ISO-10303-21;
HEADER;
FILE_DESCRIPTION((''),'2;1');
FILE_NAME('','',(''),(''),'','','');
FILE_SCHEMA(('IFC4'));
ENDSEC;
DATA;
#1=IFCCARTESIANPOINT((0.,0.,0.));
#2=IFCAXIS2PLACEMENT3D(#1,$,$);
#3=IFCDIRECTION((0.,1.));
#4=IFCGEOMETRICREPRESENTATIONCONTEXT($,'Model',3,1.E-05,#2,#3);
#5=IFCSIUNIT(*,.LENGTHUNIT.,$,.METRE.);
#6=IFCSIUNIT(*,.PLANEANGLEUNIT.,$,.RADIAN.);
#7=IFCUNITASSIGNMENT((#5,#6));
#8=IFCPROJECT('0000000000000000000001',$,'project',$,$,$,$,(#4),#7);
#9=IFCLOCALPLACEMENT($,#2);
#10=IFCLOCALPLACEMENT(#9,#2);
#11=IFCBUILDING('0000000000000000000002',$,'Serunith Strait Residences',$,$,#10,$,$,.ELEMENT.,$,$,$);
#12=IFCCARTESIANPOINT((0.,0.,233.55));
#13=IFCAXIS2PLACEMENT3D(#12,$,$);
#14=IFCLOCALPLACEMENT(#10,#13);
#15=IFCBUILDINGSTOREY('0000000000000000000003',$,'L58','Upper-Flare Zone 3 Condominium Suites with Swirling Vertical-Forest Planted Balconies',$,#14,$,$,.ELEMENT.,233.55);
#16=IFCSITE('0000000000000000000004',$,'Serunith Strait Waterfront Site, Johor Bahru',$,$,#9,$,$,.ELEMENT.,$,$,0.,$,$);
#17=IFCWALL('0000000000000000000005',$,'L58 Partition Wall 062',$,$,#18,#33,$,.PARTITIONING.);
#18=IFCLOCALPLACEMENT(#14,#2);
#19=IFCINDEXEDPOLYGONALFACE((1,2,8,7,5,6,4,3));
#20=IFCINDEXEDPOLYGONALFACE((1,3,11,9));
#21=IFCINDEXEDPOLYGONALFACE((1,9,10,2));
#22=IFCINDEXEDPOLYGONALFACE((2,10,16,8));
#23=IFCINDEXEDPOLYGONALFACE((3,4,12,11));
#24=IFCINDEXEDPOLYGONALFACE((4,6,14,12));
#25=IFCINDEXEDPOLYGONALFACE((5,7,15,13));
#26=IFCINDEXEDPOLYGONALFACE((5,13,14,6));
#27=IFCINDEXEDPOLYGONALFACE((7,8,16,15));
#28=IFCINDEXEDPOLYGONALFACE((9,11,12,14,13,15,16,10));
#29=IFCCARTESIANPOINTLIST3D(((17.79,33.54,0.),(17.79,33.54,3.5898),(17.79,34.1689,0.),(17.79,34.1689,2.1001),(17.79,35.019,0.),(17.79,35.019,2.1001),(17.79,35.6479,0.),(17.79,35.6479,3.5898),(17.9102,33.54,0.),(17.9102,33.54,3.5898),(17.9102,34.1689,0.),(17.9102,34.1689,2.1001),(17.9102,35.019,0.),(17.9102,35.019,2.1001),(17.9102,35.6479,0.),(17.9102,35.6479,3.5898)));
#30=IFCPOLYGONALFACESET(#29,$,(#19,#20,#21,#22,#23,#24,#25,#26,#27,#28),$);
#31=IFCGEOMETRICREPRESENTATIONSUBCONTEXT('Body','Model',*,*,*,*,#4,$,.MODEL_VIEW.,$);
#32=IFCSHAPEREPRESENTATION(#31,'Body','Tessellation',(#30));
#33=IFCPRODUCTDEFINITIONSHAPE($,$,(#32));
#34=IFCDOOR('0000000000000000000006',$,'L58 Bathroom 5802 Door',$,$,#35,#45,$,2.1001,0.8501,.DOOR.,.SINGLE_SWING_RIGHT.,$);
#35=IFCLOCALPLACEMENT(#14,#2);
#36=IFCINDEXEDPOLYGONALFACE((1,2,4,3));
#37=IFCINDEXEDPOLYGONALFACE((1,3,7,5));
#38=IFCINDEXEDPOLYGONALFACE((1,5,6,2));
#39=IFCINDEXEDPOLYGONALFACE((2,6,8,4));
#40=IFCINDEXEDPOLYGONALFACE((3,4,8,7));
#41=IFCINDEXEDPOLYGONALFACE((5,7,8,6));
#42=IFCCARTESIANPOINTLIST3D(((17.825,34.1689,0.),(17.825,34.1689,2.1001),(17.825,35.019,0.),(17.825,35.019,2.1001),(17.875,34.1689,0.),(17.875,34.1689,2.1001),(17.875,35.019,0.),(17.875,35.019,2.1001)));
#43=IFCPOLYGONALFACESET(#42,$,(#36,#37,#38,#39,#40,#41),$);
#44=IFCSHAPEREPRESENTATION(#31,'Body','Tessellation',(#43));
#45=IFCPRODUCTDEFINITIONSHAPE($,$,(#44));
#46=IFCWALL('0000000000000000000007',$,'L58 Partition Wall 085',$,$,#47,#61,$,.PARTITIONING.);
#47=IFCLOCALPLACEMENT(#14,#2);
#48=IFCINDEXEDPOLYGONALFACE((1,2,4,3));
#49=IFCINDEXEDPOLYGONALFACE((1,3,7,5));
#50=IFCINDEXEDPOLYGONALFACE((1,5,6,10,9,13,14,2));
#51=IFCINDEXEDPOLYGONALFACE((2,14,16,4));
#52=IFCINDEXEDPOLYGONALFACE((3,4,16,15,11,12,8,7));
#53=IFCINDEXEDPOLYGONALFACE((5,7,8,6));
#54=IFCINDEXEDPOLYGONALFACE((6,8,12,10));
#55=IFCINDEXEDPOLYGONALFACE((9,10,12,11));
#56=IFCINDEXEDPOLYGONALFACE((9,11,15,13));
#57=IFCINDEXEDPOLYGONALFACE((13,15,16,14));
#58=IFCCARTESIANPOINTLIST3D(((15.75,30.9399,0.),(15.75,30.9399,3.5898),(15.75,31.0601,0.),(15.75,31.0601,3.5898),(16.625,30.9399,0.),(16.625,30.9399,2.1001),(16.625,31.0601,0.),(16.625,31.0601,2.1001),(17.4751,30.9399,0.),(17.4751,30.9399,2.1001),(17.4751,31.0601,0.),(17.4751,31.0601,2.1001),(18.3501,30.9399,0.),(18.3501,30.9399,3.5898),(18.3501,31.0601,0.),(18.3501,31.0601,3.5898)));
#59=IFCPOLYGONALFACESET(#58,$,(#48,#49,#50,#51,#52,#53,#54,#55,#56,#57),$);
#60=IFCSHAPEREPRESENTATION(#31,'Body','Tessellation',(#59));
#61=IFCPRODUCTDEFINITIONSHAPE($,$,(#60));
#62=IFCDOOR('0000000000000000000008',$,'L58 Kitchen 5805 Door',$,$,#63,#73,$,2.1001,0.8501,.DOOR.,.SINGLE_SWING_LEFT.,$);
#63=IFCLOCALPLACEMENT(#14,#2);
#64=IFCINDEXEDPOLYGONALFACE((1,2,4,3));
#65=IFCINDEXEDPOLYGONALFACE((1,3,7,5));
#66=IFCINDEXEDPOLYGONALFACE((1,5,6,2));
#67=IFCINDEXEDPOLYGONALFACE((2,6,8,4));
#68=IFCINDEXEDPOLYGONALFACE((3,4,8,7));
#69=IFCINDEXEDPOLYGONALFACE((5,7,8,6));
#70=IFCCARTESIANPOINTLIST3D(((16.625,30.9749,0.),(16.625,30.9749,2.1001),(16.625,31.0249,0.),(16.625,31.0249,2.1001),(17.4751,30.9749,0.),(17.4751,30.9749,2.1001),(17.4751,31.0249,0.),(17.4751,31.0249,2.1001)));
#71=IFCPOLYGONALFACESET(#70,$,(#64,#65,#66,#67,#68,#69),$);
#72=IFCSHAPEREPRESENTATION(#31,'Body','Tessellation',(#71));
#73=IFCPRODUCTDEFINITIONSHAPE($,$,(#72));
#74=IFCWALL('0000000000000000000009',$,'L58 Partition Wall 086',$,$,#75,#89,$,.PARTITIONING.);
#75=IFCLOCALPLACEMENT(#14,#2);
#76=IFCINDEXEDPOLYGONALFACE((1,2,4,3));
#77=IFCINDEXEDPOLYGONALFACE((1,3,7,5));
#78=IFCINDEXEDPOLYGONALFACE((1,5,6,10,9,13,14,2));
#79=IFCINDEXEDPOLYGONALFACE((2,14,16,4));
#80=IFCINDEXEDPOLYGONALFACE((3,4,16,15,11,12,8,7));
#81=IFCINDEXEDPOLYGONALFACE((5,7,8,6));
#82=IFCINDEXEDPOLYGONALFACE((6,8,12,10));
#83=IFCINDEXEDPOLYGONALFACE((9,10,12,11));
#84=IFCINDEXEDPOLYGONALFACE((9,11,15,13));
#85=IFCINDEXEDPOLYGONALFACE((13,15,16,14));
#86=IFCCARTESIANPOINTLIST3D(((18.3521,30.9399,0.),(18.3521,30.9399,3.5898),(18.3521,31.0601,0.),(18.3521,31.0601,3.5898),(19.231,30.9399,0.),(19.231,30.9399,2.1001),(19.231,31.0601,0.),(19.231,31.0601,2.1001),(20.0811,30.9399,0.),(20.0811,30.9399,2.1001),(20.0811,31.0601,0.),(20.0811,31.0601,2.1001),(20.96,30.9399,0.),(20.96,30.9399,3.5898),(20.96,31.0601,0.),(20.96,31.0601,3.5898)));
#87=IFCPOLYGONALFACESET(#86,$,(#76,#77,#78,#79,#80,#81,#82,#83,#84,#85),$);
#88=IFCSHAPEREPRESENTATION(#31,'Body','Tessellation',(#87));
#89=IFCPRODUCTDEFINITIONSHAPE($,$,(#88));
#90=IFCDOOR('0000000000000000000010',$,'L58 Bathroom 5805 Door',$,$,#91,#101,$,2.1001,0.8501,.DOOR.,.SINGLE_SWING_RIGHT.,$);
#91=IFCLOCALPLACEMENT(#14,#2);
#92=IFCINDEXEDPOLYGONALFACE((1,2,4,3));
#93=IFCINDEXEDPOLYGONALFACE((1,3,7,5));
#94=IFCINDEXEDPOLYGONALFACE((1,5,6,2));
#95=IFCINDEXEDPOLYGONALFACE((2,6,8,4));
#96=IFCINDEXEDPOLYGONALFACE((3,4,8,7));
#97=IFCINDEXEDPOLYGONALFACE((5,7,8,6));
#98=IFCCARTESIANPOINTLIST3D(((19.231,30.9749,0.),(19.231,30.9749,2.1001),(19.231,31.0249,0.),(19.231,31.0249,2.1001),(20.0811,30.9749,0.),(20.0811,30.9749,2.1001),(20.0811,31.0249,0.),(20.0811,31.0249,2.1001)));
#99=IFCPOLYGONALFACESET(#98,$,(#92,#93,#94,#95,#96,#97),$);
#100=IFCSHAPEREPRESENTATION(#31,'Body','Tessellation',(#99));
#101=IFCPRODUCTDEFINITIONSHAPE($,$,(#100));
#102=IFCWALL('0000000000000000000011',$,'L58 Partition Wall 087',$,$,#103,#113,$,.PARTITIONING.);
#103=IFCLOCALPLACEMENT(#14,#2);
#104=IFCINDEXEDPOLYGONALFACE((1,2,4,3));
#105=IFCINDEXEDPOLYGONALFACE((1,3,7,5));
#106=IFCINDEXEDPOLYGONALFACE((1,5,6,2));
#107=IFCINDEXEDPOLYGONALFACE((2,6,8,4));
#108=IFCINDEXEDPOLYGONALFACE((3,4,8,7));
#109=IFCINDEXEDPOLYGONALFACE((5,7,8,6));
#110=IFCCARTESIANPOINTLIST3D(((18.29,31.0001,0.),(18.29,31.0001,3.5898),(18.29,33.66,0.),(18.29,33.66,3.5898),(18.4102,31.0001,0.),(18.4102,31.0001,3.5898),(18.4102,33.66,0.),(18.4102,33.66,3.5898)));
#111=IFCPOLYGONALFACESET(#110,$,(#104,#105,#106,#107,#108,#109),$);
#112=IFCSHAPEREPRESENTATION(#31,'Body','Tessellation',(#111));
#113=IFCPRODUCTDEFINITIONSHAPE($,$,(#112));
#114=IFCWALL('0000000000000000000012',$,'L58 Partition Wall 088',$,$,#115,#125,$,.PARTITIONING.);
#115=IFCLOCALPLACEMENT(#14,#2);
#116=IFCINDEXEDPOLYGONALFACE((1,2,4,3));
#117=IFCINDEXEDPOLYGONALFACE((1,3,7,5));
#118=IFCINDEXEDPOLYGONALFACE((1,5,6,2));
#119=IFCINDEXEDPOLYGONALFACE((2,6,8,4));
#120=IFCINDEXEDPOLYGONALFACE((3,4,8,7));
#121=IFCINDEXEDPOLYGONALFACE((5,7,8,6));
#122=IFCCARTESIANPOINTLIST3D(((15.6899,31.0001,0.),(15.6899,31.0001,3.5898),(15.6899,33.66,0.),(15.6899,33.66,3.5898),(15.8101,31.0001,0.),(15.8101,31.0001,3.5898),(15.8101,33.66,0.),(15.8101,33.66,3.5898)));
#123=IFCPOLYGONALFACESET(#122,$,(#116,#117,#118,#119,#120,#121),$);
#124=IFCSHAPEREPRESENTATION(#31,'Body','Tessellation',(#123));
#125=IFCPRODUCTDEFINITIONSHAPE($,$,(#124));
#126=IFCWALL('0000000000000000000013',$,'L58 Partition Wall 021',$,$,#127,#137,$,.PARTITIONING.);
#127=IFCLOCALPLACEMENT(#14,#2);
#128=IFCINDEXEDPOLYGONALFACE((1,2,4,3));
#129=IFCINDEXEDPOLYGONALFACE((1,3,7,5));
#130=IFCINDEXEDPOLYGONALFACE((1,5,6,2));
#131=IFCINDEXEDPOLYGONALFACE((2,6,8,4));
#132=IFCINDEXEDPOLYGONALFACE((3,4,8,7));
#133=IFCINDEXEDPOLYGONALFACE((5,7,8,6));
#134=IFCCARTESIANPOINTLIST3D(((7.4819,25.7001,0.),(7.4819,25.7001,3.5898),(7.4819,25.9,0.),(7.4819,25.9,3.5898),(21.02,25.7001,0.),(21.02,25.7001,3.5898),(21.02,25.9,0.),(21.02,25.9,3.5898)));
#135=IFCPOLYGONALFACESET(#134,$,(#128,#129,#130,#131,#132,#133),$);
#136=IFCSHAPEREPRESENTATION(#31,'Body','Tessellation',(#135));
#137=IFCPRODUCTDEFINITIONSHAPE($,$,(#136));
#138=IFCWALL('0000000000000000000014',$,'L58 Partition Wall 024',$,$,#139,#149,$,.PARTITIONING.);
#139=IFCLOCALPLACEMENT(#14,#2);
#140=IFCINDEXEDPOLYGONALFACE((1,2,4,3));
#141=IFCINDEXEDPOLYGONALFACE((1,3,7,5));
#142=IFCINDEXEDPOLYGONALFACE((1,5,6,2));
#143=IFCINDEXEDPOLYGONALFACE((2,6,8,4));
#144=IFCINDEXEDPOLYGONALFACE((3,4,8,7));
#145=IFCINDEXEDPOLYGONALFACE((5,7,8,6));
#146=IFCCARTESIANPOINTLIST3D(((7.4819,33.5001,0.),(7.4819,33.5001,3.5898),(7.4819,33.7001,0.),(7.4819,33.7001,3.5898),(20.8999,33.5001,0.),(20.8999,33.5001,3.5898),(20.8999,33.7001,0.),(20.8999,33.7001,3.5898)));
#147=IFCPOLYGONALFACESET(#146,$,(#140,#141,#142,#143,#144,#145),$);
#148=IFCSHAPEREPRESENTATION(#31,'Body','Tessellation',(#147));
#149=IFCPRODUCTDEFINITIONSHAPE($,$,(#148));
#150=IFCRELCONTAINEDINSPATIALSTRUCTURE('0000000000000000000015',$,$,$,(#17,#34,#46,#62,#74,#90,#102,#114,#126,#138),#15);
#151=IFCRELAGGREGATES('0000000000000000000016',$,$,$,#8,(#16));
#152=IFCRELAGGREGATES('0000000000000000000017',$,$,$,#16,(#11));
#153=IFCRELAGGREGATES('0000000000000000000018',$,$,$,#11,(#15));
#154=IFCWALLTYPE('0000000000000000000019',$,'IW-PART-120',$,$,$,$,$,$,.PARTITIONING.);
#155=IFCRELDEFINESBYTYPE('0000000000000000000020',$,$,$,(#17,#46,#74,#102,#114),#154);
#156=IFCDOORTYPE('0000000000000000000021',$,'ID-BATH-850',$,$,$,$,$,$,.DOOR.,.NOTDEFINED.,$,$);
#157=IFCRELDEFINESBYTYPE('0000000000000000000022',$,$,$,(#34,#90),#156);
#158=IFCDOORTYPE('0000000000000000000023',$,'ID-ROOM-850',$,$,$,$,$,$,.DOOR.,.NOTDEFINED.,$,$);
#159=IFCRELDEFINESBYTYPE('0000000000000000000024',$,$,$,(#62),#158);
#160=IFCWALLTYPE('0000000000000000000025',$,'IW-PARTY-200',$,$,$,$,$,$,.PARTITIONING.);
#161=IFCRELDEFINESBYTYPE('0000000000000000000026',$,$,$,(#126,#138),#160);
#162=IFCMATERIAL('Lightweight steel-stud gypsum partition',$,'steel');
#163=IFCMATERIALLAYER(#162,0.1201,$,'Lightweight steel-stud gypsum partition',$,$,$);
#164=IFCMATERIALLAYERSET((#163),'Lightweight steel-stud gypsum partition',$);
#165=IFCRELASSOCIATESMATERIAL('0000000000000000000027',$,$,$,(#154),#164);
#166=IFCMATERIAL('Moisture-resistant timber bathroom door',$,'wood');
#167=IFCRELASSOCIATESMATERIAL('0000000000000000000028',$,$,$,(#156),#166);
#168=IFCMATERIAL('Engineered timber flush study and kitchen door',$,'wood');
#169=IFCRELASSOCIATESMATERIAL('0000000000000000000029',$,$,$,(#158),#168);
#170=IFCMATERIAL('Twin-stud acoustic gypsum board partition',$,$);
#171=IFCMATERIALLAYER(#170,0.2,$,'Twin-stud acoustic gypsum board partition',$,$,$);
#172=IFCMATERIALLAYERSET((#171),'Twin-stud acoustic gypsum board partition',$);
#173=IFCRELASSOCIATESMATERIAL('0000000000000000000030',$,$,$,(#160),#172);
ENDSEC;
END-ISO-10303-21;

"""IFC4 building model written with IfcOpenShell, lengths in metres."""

from ifc_helpers import new_model, si_unit, direction, frame, frame_2d, origin, place, context, subcontext, project, spatial, rectangle, extrude, source, transform, mapped, material, layer, layer_set, type_object, element, fill, save


model = new_model("IFC4")

# Units and contexts
model_context = context("Model", 3, precision=1e-05, world=origin(), true_north=direction((0.0, 1.0)))
body_context = subcontext(model_context, "Body", "Model", "MODEL_VIEW")
ifc_project = project(units=[si_unit("LENGTHUNIT", "METRE"), si_unit("PLANEANGLEUNIT", "RADIAN")], contexts=[model_context])

# Site, building, storey
site_placement = place(None, origin())
site = spatial("IfcSite", under=ifc_project, at=site_placement, Name="Serunith Strait Waterfront Site, Johor Bahru", CompositionType="ELEMENT", RefElevation=0.0)
building_placement = place(site_placement, origin())
building = spatial("IfcBuilding", under=site, at=building_placement, Name="Serunith Strait Residences", CompositionType="ELEMENT")
storey_placement = place(building_placement, frame((0.0, 0.0, 233.55)))
storey = spatial("IfcBuildingStorey", under=building, at=storey_placement, Name="L58", Description="Upper-Flare Zone 3 Condominium Suites with Swirling Vertical-Forest Planted Balconies", CompositionType="ELEMENT", Elevation=233.55)

# Shared definitions
ifc_material_1 = material(Name="Lightweight steel-stud gypsum partition", Category="steel")
ifc_layer_1 = layer(ifc_material_1, 0.1201, Name="Lightweight steel-stud gypsum partition")
ifc_layer_set_1 = layer_set([ifc_layer_1], Name="Lightweight steel-stud gypsum partition")
wall_type_1 = type_object("IfcWallType", Name="IW-PART-120", PredefinedType="PARTITIONING", material=ifc_layer_set_1)

# Walls, openings, doors
wall_1_placement = place(storey_placement, frame((17.8501, 35.6479, 0.0), z_axis=(0.0, 0.0, 1.0), x_axis=(0.0, -1.0, 0.0)))
wall_1 = element("IfcWall", 1, at=wall_1_placement, inside=storey, type_object=wall_type_1, Name="L58 Partition Wall 062", PredefinedType="PARTITIONING", context=body_context, shape_type="SweptSolid", body=[
    extrude(rectangle(XDim=2.1079, YDim=0.1201, at=frame_2d((1.054, 0.0))), origin(), (0.0, 0.0, 1.0), 3.5898),
])
opening_1_placement = place(wall_1_placement, frame((0.6289, 0.0, 0.0)))
opening_1 = element("IfcOpeningElement", 2, at=opening_1_placement, cuts=wall_1, PredefinedType="OPENING", context=body_context, shape_type="SweptSolid", body=[
    extrude(rectangle(XDim=0.8501, YDim=2.1001, at=frame_2d((0.425, 1.05))), frame((0.0, 0.0701, 0.0), z_axis=(0.0, -1.0, 0.0), x_axis=(1.0, 0.0, 0.0)), (0.0, 0.0, 1.0), 0.1401),
])
ifc_material_2 = material(Name="Moisture-resistant timber bathroom door", Category="wood")
door_type_1 = type_object("IfcDoorType", Name="ID-BATH-850", OperationType="NOTDEFINED", PredefinedType="DOOR", material=ifc_material_2)
shared_shape_1 = source(origin(), body_context, "Body", "SweptSolid", [
    extrude(rectangle(XDim=0.8501, YDim=2.1001, at=frame_2d((0.425, 1.05))), frame((0.0, 0.0249, 0.0), z_axis=(0.0, -1.0, 0.0), x_axis=(1.0, 0.0, 0.0)), (0.0, 0.0, 1.0), 0.05),
])
door_1_placement = place(opening_1_placement, origin())
door_1 = element("IfcDoor", 3, at=door_1_placement, inside=storey, type_object=door_type_1, Name="L58 Bathroom 5802 Door", OperationType="SINGLE_SWING_RIGHT", OverallHeight=2.1001, OverallWidth=0.8501, PredefinedType="DOOR", context=body_context, shape_type="MappedRepresentation", body=[
    mapped(shared_shape_1, transform((0.0, 0.0, 0.0), scale=1.0)),
])
fill(opening_1, door_1)
wall_2_placement = place(storey_placement, frame((15.75, 31.0, 0.0), z_axis=(0.0, 0.0, 1.0), x_axis=(1.0, 0.0, 0.0)))
wall_2 = element("IfcWall", 4, at=wall_2_placement, inside=storey, type_object=wall_type_1, Name="L58 Partition Wall 085", PredefinedType="PARTITIONING", context=body_context, shape_type="SweptSolid", body=[
    extrude(rectangle(XDim=2.6001, YDim=0.1201, at=frame_2d((1.3, 0.0))), origin(), (0.0, 0.0, 1.0), 3.5898),
])
opening_2_placement = place(wall_2_placement, frame((0.875, 0.0, 0.0)))
opening_2 = element("IfcOpeningElement", 5, at=opening_2_placement, cuts=wall_2, PredefinedType="OPENING", context=body_context, shape_type="SweptSolid", body=[
    extrude(rectangle(XDim=0.8501, YDim=2.1001, at=frame_2d((0.425, 1.05))), frame((0.0, 0.0701, 0.0), z_axis=(0.0, -1.0, 0.0), x_axis=(1.0, 0.0, 0.0)), (0.0, 0.0, 1.0), 0.1401),
])
ifc_material_3 = material(Name="Engineered timber flush study and kitchen door", Category="wood")
door_type_2 = type_object("IfcDoorType", Name="ID-ROOM-850", OperationType="NOTDEFINED", PredefinedType="DOOR", material=ifc_material_3)
door_2_placement = place(opening_2_placement, origin())
door_2 = element("IfcDoor", 6, at=door_2_placement, inside=storey, type_object=door_type_2, Name="L58 Kitchen 5805 Door", OperationType="SINGLE_SWING_LEFT", OverallHeight=2.1001, OverallWidth=0.8501, PredefinedType="DOOR", context=body_context, shape_type="MappedRepresentation", body=[
    mapped(shared_shape_1, transform((0.0, 0.0, 0.0), scale=1.0)),
])
fill(opening_2, door_2)
wall_3_placement = place(storey_placement, frame((18.3521, 31.0, 0.0), z_axis=(0.0, 0.0, 1.0), x_axis=(1.0, 0.0, 0.0)))
wall_3 = element("IfcWall", 7, at=wall_3_placement, inside=storey, type_object=wall_type_1, Name="L58 Partition Wall 086", PredefinedType="PARTITIONING", context=body_context, shape_type="SweptSolid", body=[
    extrude(rectangle(XDim=2.6079, YDim=0.1201, at=frame_2d((1.304, 0.0))), origin(), (0.0, 0.0, 1.0), 3.5898),
])
opening_3_placement = place(wall_3_placement, frame((0.8789, 0.0, 0.0)))
opening_3 = element("IfcOpeningElement", 8, at=opening_3_placement, cuts=wall_3, PredefinedType="OPENING", context=body_context, shape_type="SweptSolid", body=[
    extrude(rectangle(XDim=0.8501, YDim=2.1001, at=frame_2d((0.425, 1.05))), frame((0.0, 0.0701, 0.0), z_axis=(0.0, -1.0, 0.0), x_axis=(1.0, 0.0, 0.0)), (0.0, 0.0, 1.0), 0.1401),
])
door_3_placement = place(opening_3_placement, origin())
door_3 = element("IfcDoor", 9, at=door_3_placement, inside=storey, type_object=door_type_1, Name="L58 Bathroom 5805 Door", OperationType="SINGLE_SWING_RIGHT", OverallHeight=2.1001, OverallWidth=0.8501, PredefinedType="DOOR", context=body_context, shape_type="MappedRepresentation", body=[
    mapped(shared_shape_1, transform((0.0, 0.0, 0.0), scale=1.0)),
])
fill(opening_3, door_3)

# Walls
for number, where, z_axis, x_axis, name in (
    (10, (18.3501, 31.0, 0.0), (0.0, 0.0, 1.0), (0.0, 1.0, 0.0), "L58 Partition Wall 087"),
    (11, (15.75, 31.0, 0.0), (0.0, 0.0, 1.0), (0.0, 1.0, 0.0), "L58 Partition Wall 088"),
):
    element("IfcWall", number, at=place(storey_placement, frame(where, z_axis=z_axis, x_axis=x_axis)), inside=storey, type_object=wall_type_1, Name=name, PredefinedType="PARTITIONING", context=body_context, shape_type="SweptSolid", body=[
        extrude(rectangle(XDim=2.6599, YDim=0.1201, at=frame_2d((1.3301, 0.0))), origin(), (0.0, 0.0, 1.0), 3.5898),
    ])
ifc_material_4 = material(Name="Twin-stud acoustic gypsum board partition")
ifc_layer_2 = layer(ifc_material_4, 0.2, Name="Twin-stud acoustic gypsum board partition")
ifc_layer_set_2 = layer_set([ifc_layer_2], Name="Twin-stud acoustic gypsum board partition")
wall_type_2 = type_object("IfcWallType", Name="IW-PARTY-200", PredefinedType="PARTITIONING", material=ifc_layer_set_2)
wall_4_placement = place(storey_placement, frame((7.4819, 25.8, 0.0), z_axis=(0.0, 0.0, 1.0), x_axis=(1.0, 0.0, 0.0)))
element("IfcWall", 12, at=wall_4_placement, inside=storey, type_object=wall_type_2, Name="L58 Partition Wall 021", PredefinedType="PARTITIONING", context=body_context, shape_type="SweptSolid", body=[
    extrude(rectangle(XDim=13.5381, YDim=0.2, at=frame_2d((6.769, 0.0))), origin(), (0.0, 0.0, 1.0), 3.5898),
])
wall_5_placement = place(storey_placement, frame((7.4819, 33.6001, 0.0), z_axis=(0.0, 0.0, 1.0), x_axis=(1.0, 0.0, 0.0)))
element("IfcWall", 13, at=wall_5_placement, inside=storey, type_object=wall_type_2, Name="L58 Partition Wall 024", PredefinedType="PARTITIONING", context=body_context, shape_type="SweptSolid", body=[
    extrude(rectangle(XDim=13.418, YDim=0.2, at=frame_2d((6.709, 0.0))), origin(), (0.0, 0.0, 1.0), 3.5898),
])

save(model, "model.ifc")
